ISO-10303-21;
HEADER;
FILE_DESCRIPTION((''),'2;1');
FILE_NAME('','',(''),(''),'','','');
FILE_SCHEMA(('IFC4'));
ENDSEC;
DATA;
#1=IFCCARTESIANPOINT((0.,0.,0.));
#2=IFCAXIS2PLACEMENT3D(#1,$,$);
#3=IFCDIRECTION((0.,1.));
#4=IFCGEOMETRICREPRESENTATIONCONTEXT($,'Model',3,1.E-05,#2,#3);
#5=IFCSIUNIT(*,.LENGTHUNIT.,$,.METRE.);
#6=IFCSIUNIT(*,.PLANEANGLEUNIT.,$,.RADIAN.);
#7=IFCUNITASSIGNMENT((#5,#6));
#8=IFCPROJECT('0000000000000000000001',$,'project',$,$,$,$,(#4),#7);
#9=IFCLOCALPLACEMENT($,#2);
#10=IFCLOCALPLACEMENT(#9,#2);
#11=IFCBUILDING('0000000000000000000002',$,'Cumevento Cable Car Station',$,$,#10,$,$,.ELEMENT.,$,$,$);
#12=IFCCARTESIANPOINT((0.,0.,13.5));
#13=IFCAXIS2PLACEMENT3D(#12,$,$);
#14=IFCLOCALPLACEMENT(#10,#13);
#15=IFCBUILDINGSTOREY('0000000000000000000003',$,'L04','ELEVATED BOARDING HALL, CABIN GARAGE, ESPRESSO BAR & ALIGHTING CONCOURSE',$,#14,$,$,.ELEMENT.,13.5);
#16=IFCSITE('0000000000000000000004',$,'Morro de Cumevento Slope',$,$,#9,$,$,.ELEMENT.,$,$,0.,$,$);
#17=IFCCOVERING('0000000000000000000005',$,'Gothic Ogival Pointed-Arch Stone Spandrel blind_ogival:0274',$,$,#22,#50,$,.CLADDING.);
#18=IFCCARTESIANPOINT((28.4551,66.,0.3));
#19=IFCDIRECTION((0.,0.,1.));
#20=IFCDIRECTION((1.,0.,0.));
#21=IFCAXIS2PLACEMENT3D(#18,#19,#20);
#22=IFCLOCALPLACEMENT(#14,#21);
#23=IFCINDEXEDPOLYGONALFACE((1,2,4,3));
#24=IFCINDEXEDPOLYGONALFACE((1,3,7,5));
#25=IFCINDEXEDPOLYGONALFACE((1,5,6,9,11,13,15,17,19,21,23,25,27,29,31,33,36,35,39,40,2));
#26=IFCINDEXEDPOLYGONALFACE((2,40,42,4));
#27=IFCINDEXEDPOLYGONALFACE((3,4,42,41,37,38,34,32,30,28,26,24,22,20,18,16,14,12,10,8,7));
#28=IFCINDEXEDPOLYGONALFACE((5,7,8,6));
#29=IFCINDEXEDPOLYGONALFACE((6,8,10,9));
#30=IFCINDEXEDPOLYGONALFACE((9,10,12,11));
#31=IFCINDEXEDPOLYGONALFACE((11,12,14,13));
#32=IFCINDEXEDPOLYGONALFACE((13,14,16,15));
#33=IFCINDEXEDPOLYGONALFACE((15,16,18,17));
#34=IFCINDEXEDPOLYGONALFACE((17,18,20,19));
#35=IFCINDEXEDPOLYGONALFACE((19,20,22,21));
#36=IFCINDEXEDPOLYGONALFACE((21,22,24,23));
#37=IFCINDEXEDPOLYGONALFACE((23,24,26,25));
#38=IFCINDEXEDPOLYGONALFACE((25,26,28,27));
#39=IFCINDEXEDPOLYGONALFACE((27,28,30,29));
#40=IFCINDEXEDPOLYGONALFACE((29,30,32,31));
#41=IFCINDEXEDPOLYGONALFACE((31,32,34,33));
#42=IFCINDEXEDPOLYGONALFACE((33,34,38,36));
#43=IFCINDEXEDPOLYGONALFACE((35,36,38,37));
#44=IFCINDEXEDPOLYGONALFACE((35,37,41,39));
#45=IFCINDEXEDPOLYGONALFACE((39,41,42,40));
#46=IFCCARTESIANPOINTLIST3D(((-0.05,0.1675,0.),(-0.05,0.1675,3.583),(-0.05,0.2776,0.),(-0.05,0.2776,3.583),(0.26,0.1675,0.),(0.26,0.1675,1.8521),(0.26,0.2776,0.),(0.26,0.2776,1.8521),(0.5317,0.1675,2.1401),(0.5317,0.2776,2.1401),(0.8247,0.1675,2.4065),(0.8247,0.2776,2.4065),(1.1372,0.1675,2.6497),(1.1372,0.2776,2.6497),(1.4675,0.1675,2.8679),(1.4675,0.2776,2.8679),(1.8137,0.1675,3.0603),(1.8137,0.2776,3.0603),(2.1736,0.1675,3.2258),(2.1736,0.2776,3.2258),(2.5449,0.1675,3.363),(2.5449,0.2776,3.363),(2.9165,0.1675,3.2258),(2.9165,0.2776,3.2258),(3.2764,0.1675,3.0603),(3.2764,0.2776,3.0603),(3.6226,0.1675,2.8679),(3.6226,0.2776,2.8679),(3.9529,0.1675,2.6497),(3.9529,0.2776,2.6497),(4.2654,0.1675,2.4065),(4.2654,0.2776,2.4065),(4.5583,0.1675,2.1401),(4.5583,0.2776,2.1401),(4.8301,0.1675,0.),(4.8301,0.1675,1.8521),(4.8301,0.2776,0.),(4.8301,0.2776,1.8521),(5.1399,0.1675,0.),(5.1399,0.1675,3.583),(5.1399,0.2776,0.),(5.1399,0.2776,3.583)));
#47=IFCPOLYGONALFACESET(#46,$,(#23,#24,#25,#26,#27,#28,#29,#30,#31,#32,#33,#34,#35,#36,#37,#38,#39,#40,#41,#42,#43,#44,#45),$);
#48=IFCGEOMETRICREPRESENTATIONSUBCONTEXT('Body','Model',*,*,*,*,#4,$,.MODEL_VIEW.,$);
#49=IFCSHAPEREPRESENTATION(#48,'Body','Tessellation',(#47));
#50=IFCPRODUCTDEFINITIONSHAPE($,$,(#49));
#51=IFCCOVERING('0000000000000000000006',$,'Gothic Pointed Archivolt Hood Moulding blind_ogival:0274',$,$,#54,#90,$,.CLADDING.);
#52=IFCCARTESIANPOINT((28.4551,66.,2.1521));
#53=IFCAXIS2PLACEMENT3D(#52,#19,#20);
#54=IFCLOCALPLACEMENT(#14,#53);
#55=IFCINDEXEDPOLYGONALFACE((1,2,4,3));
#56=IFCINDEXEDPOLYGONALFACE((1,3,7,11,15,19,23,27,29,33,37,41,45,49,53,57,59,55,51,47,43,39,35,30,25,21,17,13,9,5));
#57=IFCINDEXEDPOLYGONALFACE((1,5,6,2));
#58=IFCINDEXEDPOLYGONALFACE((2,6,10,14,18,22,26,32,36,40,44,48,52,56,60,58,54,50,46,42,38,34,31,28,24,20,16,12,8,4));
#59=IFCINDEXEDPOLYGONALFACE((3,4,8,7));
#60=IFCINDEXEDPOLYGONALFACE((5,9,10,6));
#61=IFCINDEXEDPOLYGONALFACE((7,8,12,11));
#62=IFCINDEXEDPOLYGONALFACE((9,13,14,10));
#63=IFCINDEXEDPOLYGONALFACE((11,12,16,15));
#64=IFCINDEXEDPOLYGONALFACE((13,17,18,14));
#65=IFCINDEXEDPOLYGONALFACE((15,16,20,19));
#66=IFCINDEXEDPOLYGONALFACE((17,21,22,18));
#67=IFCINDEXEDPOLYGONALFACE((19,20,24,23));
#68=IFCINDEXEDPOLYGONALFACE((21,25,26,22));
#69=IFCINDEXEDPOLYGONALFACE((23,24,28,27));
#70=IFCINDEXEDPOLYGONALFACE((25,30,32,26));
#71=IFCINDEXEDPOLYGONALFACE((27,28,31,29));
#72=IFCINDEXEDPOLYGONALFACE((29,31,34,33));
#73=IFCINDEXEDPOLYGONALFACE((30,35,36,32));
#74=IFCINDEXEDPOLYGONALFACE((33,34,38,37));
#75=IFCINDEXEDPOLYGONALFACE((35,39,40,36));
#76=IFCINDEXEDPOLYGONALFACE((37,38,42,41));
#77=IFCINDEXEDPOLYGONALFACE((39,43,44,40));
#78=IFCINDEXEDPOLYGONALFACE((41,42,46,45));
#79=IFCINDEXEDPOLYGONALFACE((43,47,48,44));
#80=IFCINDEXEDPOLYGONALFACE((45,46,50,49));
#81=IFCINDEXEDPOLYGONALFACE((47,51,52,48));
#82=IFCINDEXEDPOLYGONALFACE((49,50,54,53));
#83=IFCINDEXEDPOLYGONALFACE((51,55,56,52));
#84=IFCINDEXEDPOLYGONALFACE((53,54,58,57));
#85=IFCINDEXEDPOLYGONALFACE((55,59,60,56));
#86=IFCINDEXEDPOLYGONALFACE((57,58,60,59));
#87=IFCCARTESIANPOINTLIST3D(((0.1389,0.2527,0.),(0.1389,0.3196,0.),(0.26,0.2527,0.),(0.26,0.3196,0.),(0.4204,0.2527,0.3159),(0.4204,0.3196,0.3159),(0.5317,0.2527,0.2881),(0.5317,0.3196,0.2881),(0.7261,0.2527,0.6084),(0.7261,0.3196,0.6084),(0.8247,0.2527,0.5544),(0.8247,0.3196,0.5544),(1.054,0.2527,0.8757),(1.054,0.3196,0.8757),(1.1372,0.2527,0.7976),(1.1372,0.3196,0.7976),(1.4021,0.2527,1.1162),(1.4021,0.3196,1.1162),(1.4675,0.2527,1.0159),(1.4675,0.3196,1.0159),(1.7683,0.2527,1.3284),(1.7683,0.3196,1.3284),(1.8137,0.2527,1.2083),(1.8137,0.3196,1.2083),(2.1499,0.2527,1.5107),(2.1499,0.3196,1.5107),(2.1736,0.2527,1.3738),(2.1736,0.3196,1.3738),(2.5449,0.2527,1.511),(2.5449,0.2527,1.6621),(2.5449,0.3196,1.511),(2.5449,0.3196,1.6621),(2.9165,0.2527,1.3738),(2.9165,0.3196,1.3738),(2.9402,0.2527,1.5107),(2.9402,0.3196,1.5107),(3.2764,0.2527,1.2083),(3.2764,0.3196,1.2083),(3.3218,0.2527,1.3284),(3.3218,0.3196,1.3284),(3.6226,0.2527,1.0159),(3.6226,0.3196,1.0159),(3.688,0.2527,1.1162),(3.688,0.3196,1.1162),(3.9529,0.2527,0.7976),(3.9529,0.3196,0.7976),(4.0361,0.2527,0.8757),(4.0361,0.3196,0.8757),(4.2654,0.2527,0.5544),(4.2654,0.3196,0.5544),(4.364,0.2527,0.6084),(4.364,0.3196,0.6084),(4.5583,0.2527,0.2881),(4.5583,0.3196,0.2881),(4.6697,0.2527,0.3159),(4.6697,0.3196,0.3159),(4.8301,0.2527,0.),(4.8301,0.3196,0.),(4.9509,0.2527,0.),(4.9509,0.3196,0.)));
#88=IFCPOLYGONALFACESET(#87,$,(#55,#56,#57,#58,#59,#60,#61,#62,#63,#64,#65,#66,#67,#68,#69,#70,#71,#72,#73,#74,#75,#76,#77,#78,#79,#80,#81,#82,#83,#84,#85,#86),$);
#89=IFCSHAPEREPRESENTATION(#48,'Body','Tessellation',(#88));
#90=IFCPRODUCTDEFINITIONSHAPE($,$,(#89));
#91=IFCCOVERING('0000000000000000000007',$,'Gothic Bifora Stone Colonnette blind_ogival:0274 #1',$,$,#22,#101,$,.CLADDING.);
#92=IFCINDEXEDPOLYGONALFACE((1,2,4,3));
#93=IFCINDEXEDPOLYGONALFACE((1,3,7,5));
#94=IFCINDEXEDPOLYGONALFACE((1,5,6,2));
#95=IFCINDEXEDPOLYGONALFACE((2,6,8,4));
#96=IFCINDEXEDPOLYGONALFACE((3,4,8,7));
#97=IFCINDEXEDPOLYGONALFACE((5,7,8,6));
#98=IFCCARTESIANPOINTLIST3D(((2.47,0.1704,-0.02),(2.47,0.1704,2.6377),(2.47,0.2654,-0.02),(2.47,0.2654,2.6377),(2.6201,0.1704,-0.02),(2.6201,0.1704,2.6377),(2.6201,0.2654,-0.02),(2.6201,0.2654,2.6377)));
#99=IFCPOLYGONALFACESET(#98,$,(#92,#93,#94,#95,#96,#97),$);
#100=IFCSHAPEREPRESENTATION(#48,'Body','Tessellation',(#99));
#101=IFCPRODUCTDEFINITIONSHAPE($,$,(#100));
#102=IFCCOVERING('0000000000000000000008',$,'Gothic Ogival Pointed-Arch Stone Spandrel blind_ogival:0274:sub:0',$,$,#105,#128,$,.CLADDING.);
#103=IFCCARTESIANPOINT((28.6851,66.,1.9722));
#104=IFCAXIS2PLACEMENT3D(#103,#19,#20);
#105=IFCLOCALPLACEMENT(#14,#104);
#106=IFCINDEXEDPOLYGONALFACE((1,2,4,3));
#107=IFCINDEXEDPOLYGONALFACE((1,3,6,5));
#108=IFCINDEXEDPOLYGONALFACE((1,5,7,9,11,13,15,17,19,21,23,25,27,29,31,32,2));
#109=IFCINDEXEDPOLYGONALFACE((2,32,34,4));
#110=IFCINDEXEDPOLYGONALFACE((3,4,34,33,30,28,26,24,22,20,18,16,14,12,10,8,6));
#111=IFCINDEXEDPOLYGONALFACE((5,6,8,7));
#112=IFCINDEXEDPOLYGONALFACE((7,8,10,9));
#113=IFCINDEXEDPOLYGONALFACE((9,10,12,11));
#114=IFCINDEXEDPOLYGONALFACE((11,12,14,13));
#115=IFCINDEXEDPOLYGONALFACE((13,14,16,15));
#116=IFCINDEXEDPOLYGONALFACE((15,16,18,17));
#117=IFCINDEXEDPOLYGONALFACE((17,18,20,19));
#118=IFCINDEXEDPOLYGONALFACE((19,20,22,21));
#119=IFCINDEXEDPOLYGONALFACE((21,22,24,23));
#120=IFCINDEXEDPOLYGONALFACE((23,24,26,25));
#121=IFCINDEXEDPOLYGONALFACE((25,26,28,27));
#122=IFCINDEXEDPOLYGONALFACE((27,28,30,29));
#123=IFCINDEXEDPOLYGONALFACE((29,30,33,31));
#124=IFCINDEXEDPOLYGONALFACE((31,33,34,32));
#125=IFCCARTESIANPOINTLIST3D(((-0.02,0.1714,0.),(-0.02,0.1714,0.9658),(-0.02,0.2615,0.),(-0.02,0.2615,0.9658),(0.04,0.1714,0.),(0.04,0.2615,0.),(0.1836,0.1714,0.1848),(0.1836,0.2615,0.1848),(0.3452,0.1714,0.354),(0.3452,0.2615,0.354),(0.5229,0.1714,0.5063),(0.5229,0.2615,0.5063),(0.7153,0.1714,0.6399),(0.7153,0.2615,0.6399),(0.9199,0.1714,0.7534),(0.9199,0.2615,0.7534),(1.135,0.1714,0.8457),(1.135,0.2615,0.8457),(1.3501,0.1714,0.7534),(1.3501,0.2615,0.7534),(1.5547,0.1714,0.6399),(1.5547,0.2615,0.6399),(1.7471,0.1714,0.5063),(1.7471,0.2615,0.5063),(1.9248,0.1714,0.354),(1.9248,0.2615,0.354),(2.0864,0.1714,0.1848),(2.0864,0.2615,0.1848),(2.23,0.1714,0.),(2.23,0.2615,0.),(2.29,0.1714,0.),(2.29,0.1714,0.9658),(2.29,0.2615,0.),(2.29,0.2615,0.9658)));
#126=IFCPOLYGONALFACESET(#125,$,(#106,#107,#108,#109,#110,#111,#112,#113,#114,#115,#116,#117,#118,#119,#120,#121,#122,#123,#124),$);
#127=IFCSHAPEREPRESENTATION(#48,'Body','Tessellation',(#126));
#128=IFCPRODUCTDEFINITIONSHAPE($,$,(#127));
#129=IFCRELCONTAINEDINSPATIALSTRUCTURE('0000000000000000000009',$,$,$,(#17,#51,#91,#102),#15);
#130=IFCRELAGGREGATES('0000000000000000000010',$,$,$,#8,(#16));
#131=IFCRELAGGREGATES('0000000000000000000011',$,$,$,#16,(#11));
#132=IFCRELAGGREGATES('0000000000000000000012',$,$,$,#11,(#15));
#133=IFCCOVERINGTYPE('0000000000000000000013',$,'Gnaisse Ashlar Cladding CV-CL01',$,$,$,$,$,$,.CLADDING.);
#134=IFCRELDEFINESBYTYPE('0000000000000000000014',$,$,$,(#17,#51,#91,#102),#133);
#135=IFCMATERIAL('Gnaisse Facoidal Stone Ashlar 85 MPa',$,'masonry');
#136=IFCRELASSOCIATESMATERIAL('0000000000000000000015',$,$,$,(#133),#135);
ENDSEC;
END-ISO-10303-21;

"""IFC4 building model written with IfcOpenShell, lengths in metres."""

from ifc_helpers import new_model, si_unit, direction, frame, origin, place, context, subcontext, project, spatial, polyline, outline, extrude, material, type_object, element, save


model = new_model("IFC4")

# Units and contexts
model_context = context("Model", 3, precision=1e-05, world=origin(), true_north=direction((0.0, 1.0)))
body_context = subcontext(model_context, "Body", "Model", "MODEL_VIEW")
ifc_project = project(units=[si_unit("LENGTHUNIT", "METRE"), si_unit("PLANEANGLEUNIT", "RADIAN")], contexts=[model_context])

# Site, building, storey
site_placement = place(None, origin())
site = spatial("IfcSite", under=ifc_project, at=site_placement, Name="Morro de Cumevento Slope", CompositionType="ELEMENT", RefElevation=0.0)
building_placement = place(site_placement, origin())
building = spatial("IfcBuilding", under=site, at=building_placement, Name="Cumevento Cable Car Station", CompositionType="ELEMENT")
storey_placement = place(building_placement, frame((0.0, 0.0, 13.5)))
storey = spatial("IfcBuildingStorey", under=building, at=storey_placement, Name="L04", Description="ELEVATED BOARDING HALL, CABIN GARAGE, ESPRESSO BAR & ALIGHTING CONCOURSE", CompositionType="ELEMENT", Elevation=13.5)

# Coverings
ifc_material_1 = material(Name="Gnaisse Facoidal Stone Ashlar 85 MPa", Category="masonry")
covering_type = type_object("IfcCoveringType", Name="Gnaisse Ashlar Cladding CV-CL01", PredefinedType="CLADDING", material=ifc_material_1)
placement_1 = place(storey_placement, frame((28.4551, 66.0, 0.3), z_axis=(0.0, 0.0, 1.0), x_axis=(1.0, 0.0, 0.0)))
element("IfcCovering", 1, at=placement_1, inside=storey, type_object=covering_type, Name="Gothic Ogival Pointed-Arch Stone Spandrel blind_ogival:0274", PredefinedType="CLADDING", context=body_context, shape_type="SweptSolid", body=[
    extrude(outline(polyline([(-0.05, 0.0), (-0.05, 3.583), (5.1399, 3.583), (5.1399, 0.0), (4.8301, 0.0), (4.8301, 1.8521), (4.5583, 2.1401), (4.2654, 2.4065), (3.9529, 2.6497), (3.6226, 2.8679), (3.2764, 3.0603), (2.9165, 3.2258), (2.5449, 3.363), (2.1736, 3.2258), (1.8137, 3.0603), (1.4675, 2.8679), (1.1372, 2.6497), (0.8247, 2.4065), (0.5317, 2.1401), (0.26, 1.8521), (0.26, 0.0), (-0.05, 0.0)])), frame((0.0, 0.2776, 0.0), z_axis=(0.0, -1.0, 0.0), x_axis=(1.0, 0.0, 0.0)), (0.0, 0.0, 1.0), 0.1101),
])
covering_1_placement = place(storey_placement, frame((28.4551, 66.0, 2.1521), z_axis=(0.0, 0.0, 1.0), x_axis=(1.0, 0.0, 0.0)))
element("IfcCovering", 2, at=covering_1_placement, inside=storey, type_object=covering_type, Name="Gothic Pointed Archivolt Hood Moulding blind_ogival:0274", PredefinedType="CLADDING", context=body_context, shape_type="SweptSolid", body=[
    extrude(outline(polyline([(0.26, 0.0), (0.5317, 0.2881), (0.8247, 0.5544), (1.1372, 0.7976), (1.4675, 1.0159), (1.8137, 1.2083), (2.1736, 1.3738), (2.5449, 1.511), (2.9165, 1.3738), (3.2764, 1.2083), (3.6226, 1.0159), (3.9529, 0.7976), (4.2654, 0.5544), (4.5583, 0.2881), (4.8301, 0.0), (4.9509, 0.0), (4.6697, 0.3159), (4.364, 0.6084), (4.0361, 0.8757), (3.688, 1.1162), (3.3218, 1.3284), (2.9402, 1.5107), (2.5449, 1.6621), (2.1499, 1.5107), (1.7683, 1.3284), (1.4021, 1.1162), (1.054, 0.8757), (0.7261, 0.6084), (0.4204, 0.3159), (0.1389, 0.0), (0.26, 0.0)])), frame((0.0, 0.3196, 0.0), z_axis=(0.0, -1.0, 0.0), x_axis=(1.0, 0.0, 0.0)), (0.0, 0.0, 1.0), 0.0669),
])
element("IfcCovering", 3, at=placement_1, inside=storey, type_object=covering_type, Name="Gothic Bifora Stone Colonnette blind_ogival:0274 #1", PredefinedType="CLADDING", context=body_context, shape_type="SweptSolid", body=[
    extrude(outline(polyline([(2.47, -0.02), (2.6201, -0.02), (2.6201, 2.6377), (2.47, 2.6377), (2.47, -0.02)])), frame((0.0, 0.2654, 0.0), z_axis=(0.0, -1.0, 0.0), x_axis=(1.0, 0.0, 0.0)), (0.0, 0.0, 1.0), 0.095),
])
covering_2_placement = place(storey_placement, frame((28.6851, 66.0, 1.9722), z_axis=(0.0, 0.0, 1.0), x_axis=(1.0, 0.0, 0.0)))
element("IfcCovering", 4, at=covering_2_placement, inside=storey, type_object=covering_type, Name="Gothic Ogival Pointed-Arch Stone Spandrel blind_ogival:0274:sub:0", PredefinedType="CLADDING", context=body_context, shape_type="SweptSolid", body=[
    extrude(outline(polyline([(-0.02, 0.0), (-0.02, 0.9658), (2.29, 0.9658), (2.29, 0.0), (2.23, 0.0), (2.0864, 0.1848), (1.9248, 0.354), (1.7471, 0.5063), (1.5547, 0.6399), (1.3501, 0.7534), (1.135, 0.8457), (0.9199, 0.7534), (0.7153, 0.6399), (0.5229, 0.5063), (0.3452, 0.354), (0.1836, 0.1848), (0.04, 0.0), (-0.02, 0.0)])), frame((0.0, 0.2615, 0.0), z_axis=(0.0, -1.0, 0.0), x_axis=(1.0, 0.0, 0.0)), (0.0, 0.0, 1.0), 0.0901),
])

save(model, "model.ifc")
